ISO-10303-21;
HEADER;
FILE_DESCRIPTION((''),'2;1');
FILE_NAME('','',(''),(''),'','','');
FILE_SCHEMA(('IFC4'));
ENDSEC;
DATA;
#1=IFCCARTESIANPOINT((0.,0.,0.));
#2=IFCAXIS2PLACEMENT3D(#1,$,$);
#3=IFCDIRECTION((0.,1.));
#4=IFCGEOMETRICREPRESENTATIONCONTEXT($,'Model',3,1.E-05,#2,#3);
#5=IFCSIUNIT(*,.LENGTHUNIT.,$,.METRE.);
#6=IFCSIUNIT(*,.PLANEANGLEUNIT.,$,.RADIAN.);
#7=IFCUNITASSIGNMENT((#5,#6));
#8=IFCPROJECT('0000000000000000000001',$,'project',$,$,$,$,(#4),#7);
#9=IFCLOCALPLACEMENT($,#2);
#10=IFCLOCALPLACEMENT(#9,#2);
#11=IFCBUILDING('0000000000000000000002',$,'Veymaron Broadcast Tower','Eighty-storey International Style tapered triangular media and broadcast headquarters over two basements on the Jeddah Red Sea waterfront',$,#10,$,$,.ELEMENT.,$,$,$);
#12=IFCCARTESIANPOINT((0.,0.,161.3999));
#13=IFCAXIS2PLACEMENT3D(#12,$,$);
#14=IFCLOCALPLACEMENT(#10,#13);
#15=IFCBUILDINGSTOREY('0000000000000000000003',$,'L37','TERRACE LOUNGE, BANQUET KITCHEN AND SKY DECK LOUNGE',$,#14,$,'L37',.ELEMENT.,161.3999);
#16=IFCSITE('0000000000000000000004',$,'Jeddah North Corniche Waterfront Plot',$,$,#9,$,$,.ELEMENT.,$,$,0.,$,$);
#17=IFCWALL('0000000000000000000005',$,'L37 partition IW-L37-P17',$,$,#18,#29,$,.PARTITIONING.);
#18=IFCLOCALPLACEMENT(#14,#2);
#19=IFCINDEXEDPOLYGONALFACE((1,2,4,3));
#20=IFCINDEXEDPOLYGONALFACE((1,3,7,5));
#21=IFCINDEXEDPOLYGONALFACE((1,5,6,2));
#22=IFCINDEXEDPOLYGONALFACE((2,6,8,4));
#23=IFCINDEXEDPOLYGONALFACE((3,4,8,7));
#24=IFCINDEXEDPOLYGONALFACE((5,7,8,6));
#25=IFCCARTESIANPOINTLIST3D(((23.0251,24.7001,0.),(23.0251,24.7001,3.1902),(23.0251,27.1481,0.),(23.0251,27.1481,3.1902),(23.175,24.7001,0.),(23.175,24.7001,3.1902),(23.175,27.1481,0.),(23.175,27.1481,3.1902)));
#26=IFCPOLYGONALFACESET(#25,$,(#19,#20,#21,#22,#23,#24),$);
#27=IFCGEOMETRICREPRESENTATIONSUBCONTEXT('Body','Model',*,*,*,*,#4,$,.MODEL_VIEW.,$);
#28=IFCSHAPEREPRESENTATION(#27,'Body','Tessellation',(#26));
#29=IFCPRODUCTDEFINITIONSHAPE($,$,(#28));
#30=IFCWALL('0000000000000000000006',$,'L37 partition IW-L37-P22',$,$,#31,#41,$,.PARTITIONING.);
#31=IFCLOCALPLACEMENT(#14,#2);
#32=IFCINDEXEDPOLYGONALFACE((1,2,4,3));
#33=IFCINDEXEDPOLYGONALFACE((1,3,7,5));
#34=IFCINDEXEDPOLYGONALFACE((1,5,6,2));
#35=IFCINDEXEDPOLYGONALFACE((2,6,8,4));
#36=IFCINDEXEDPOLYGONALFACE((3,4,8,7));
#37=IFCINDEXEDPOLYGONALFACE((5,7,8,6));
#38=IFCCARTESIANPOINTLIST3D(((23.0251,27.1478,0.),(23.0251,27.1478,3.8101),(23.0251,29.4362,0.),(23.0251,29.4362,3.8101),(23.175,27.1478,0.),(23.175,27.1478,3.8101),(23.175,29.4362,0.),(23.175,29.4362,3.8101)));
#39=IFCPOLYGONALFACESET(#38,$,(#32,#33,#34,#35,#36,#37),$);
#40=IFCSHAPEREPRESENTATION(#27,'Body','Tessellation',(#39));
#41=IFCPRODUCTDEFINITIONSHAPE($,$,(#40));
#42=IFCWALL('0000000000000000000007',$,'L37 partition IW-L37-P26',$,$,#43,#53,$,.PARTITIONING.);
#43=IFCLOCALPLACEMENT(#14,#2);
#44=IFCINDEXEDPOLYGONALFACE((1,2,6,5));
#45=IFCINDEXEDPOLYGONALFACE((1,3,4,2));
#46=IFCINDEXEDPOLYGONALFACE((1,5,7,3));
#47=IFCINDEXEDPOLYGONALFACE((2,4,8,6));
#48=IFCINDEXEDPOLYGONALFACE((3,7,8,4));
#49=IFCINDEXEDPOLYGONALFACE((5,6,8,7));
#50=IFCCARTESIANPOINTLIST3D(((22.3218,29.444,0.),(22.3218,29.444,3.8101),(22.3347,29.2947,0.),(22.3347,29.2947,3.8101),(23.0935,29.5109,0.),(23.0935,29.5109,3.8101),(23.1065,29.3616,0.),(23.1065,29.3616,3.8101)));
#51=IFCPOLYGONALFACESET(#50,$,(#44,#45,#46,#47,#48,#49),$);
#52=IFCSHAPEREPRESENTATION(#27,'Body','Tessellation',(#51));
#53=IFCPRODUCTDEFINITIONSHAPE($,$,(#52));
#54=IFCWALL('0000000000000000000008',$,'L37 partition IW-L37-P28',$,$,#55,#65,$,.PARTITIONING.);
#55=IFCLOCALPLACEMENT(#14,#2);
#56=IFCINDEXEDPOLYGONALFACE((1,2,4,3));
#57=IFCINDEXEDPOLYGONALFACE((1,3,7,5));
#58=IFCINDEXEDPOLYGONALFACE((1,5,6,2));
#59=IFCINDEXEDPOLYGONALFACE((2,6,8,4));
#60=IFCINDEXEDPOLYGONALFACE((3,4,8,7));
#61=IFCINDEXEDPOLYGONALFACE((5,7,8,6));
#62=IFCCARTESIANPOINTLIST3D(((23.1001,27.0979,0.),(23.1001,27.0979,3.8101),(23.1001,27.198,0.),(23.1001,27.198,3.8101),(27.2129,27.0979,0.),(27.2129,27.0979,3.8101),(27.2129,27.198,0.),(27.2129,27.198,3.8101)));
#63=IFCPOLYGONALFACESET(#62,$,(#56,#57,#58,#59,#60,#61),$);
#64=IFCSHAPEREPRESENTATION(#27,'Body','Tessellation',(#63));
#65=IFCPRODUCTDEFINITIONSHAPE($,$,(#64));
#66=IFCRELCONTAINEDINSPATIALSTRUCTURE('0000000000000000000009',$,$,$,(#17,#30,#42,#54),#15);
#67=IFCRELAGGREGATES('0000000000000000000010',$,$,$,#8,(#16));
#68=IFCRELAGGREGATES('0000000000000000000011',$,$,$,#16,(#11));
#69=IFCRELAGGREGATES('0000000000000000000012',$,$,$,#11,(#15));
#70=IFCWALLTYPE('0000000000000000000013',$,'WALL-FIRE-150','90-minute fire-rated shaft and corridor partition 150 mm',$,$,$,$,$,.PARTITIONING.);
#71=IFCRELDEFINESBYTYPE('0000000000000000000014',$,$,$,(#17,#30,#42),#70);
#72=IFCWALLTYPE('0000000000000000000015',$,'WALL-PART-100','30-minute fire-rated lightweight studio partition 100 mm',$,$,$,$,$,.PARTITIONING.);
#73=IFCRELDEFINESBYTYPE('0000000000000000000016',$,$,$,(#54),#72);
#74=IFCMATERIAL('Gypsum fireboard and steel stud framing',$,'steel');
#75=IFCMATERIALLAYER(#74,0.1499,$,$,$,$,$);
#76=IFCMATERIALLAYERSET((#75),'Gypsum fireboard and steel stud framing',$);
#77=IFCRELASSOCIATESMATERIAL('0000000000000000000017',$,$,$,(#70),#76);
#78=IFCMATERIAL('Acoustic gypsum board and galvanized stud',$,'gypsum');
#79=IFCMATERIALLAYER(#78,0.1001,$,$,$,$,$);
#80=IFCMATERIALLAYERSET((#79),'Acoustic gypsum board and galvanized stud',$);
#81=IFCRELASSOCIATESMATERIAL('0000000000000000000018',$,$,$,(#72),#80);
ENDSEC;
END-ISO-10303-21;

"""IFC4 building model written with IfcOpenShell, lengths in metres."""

from ifc_helpers import new_model, si_unit, direction, frame, frame_2d, origin, place, context, subcontext, project, spatial, rectangle, extrude, material, layer, layer_set, type_object, element, save


model = new_model("IFC4")

# Units and contexts
model_context = context("Model", 3, precision=1e-05, world=origin(), true_north=direction((0.0, 1.0)))
body_context = subcontext(model_context, "Body", "Model", "MODEL_VIEW")
ifc_project = project(units=[si_unit("LENGTHUNIT", "METRE"), si_unit("PLANEANGLEUNIT", "RADIAN")], contexts=[model_context])

# Site, building, storey
site_placement = place(None, origin())
site = spatial("IfcSite", under=ifc_project, at=site_placement, Name="Jeddah North Corniche Waterfront Plot", CompositionType="ELEMENT", RefElevation=0.0)
building_placement = place(site_placement, origin())
building = spatial("IfcBuilding", under=site, at=building_placement, Name="Veymaron Broadcast Tower", Description="Eighty-storey International Style tapered triangular media and broadcast headquarters over two basements on the Jeddah Red Sea waterfront", CompositionType="ELEMENT")
storey_placement = place(building_placement, frame((0.0, 0.0, 161.3999)))
storey = spatial("IfcBuildingStorey", under=building, at=storey_placement, Name="L37", Description="TERRACE LOUNGE, BANQUET KITCHEN AND SKY DECK LOUNGE", LongName="L37", CompositionType="ELEMENT", Elevation=161.3999)

# Shared definitions
ifc_material_1 = material(Name="Gypsum fireboard and steel stud framing", Category="steel")
ifc_layer_1 = layer(ifc_material_1, 0.1499)
ifc_layer_set_1 = layer_set([ifc_layer_1], Name="Gypsum fireboard and steel stud framing")
wall_type_1 = type_object("IfcWallType", Name="WALL-FIRE-150", Description="90-minute fire-rated shaft and corridor partition 150 mm", PredefinedType="PARTITIONING", material=ifc_layer_set_1)

# Walls
wall_1_placement = place(storey_placement, frame((23.1001, 24.7, 0.0), z_axis=(0.0, 0.0, 1.0), x_axis=(0.0, 1.0, 0.0)))
element("IfcWall", 1, at=wall_1_placement, inside=storey, type_object=wall_type_1, Name="L37 partition IW-L37-P17", PredefinedType="PARTITIONING", context=body_context, shape_type="SweptSolid", body=[
    extrude(rectangle(XDim=2.448, YDim=0.1499, at=frame_2d((1.2241, 0.0))), origin(), (0.0, 0.0, 1.0), 3.1902),
])
wall_2_placement = place(storey_placement, frame((23.1001, 27.1479, 0.0), z_axis=(0.0, 0.0, 1.0), x_axis=(0.0, 1.0, 0.0)))
element("IfcWall", 2, at=wall_2_placement, inside=storey, type_object=wall_type_1, Name="L37 partition IW-L37-P22", PredefinedType="PARTITIONING", context=body_context, shape_type="SweptSolid", body=[
    extrude(rectangle(XDim=2.2883, YDim=0.1499, at=frame_2d((1.144, 0.0))), origin(), (0.0, 0.0, 1.0), 3.8101),
])
wall_3_placement = place(storey_placement, frame((22.3284, 29.3694, 0.0), z_axis=(0.0, 0.0, 1.0), x_axis=(0.996264, 0.086358, 0.0)))
element("IfcWall", 3, at=wall_3_placement, inside=storey, type_object=wall_type_1, Name="L37 partition IW-L37-P26", PredefinedType="PARTITIONING", context=body_context, shape_type="SweptSolid", body=[
    extrude(rectangle(XDim=0.7747, YDim=0.1499, at=frame_2d((0.3872, 0.0))), origin(), (0.0, 0.0, 1.0), 3.8101),
])
ifc_material_2 = material(Name="Acoustic gypsum board and galvanized stud", Category="gypsum")
ifc_layer_2 = layer(ifc_material_2, 0.1001)
ifc_layer_set_2 = layer_set([ifc_layer_2], Name="Acoustic gypsum board and galvanized stud")
wall_type_2 = type_object("IfcWallType", Name="WALL-PART-100", Description="30-minute fire-rated lightweight studio partition 100 mm", PredefinedType="PARTITIONING", material=ifc_layer_set_2)
wall_4_placement = place(storey_placement, frame((23.1001, 27.1479, 0.0), z_axis=(0.0, 0.0, 1.0), x_axis=(1.0, 0.0, 0.0)))
element("IfcWall", 4, at=wall_4_placement, inside=storey, type_object=wall_type_2, Name="L37 partition IW-L37-P28", PredefinedType="PARTITIONING", context=body_context, shape_type="SweptSolid", body=[
    extrude(rectangle(XDim=4.1128, YDim=0.1001, at=frame_2d((2.0564, 0.0))), origin(), (0.0, 0.0, 1.0), 3.8101),
])

save(model, "model.ifc")
